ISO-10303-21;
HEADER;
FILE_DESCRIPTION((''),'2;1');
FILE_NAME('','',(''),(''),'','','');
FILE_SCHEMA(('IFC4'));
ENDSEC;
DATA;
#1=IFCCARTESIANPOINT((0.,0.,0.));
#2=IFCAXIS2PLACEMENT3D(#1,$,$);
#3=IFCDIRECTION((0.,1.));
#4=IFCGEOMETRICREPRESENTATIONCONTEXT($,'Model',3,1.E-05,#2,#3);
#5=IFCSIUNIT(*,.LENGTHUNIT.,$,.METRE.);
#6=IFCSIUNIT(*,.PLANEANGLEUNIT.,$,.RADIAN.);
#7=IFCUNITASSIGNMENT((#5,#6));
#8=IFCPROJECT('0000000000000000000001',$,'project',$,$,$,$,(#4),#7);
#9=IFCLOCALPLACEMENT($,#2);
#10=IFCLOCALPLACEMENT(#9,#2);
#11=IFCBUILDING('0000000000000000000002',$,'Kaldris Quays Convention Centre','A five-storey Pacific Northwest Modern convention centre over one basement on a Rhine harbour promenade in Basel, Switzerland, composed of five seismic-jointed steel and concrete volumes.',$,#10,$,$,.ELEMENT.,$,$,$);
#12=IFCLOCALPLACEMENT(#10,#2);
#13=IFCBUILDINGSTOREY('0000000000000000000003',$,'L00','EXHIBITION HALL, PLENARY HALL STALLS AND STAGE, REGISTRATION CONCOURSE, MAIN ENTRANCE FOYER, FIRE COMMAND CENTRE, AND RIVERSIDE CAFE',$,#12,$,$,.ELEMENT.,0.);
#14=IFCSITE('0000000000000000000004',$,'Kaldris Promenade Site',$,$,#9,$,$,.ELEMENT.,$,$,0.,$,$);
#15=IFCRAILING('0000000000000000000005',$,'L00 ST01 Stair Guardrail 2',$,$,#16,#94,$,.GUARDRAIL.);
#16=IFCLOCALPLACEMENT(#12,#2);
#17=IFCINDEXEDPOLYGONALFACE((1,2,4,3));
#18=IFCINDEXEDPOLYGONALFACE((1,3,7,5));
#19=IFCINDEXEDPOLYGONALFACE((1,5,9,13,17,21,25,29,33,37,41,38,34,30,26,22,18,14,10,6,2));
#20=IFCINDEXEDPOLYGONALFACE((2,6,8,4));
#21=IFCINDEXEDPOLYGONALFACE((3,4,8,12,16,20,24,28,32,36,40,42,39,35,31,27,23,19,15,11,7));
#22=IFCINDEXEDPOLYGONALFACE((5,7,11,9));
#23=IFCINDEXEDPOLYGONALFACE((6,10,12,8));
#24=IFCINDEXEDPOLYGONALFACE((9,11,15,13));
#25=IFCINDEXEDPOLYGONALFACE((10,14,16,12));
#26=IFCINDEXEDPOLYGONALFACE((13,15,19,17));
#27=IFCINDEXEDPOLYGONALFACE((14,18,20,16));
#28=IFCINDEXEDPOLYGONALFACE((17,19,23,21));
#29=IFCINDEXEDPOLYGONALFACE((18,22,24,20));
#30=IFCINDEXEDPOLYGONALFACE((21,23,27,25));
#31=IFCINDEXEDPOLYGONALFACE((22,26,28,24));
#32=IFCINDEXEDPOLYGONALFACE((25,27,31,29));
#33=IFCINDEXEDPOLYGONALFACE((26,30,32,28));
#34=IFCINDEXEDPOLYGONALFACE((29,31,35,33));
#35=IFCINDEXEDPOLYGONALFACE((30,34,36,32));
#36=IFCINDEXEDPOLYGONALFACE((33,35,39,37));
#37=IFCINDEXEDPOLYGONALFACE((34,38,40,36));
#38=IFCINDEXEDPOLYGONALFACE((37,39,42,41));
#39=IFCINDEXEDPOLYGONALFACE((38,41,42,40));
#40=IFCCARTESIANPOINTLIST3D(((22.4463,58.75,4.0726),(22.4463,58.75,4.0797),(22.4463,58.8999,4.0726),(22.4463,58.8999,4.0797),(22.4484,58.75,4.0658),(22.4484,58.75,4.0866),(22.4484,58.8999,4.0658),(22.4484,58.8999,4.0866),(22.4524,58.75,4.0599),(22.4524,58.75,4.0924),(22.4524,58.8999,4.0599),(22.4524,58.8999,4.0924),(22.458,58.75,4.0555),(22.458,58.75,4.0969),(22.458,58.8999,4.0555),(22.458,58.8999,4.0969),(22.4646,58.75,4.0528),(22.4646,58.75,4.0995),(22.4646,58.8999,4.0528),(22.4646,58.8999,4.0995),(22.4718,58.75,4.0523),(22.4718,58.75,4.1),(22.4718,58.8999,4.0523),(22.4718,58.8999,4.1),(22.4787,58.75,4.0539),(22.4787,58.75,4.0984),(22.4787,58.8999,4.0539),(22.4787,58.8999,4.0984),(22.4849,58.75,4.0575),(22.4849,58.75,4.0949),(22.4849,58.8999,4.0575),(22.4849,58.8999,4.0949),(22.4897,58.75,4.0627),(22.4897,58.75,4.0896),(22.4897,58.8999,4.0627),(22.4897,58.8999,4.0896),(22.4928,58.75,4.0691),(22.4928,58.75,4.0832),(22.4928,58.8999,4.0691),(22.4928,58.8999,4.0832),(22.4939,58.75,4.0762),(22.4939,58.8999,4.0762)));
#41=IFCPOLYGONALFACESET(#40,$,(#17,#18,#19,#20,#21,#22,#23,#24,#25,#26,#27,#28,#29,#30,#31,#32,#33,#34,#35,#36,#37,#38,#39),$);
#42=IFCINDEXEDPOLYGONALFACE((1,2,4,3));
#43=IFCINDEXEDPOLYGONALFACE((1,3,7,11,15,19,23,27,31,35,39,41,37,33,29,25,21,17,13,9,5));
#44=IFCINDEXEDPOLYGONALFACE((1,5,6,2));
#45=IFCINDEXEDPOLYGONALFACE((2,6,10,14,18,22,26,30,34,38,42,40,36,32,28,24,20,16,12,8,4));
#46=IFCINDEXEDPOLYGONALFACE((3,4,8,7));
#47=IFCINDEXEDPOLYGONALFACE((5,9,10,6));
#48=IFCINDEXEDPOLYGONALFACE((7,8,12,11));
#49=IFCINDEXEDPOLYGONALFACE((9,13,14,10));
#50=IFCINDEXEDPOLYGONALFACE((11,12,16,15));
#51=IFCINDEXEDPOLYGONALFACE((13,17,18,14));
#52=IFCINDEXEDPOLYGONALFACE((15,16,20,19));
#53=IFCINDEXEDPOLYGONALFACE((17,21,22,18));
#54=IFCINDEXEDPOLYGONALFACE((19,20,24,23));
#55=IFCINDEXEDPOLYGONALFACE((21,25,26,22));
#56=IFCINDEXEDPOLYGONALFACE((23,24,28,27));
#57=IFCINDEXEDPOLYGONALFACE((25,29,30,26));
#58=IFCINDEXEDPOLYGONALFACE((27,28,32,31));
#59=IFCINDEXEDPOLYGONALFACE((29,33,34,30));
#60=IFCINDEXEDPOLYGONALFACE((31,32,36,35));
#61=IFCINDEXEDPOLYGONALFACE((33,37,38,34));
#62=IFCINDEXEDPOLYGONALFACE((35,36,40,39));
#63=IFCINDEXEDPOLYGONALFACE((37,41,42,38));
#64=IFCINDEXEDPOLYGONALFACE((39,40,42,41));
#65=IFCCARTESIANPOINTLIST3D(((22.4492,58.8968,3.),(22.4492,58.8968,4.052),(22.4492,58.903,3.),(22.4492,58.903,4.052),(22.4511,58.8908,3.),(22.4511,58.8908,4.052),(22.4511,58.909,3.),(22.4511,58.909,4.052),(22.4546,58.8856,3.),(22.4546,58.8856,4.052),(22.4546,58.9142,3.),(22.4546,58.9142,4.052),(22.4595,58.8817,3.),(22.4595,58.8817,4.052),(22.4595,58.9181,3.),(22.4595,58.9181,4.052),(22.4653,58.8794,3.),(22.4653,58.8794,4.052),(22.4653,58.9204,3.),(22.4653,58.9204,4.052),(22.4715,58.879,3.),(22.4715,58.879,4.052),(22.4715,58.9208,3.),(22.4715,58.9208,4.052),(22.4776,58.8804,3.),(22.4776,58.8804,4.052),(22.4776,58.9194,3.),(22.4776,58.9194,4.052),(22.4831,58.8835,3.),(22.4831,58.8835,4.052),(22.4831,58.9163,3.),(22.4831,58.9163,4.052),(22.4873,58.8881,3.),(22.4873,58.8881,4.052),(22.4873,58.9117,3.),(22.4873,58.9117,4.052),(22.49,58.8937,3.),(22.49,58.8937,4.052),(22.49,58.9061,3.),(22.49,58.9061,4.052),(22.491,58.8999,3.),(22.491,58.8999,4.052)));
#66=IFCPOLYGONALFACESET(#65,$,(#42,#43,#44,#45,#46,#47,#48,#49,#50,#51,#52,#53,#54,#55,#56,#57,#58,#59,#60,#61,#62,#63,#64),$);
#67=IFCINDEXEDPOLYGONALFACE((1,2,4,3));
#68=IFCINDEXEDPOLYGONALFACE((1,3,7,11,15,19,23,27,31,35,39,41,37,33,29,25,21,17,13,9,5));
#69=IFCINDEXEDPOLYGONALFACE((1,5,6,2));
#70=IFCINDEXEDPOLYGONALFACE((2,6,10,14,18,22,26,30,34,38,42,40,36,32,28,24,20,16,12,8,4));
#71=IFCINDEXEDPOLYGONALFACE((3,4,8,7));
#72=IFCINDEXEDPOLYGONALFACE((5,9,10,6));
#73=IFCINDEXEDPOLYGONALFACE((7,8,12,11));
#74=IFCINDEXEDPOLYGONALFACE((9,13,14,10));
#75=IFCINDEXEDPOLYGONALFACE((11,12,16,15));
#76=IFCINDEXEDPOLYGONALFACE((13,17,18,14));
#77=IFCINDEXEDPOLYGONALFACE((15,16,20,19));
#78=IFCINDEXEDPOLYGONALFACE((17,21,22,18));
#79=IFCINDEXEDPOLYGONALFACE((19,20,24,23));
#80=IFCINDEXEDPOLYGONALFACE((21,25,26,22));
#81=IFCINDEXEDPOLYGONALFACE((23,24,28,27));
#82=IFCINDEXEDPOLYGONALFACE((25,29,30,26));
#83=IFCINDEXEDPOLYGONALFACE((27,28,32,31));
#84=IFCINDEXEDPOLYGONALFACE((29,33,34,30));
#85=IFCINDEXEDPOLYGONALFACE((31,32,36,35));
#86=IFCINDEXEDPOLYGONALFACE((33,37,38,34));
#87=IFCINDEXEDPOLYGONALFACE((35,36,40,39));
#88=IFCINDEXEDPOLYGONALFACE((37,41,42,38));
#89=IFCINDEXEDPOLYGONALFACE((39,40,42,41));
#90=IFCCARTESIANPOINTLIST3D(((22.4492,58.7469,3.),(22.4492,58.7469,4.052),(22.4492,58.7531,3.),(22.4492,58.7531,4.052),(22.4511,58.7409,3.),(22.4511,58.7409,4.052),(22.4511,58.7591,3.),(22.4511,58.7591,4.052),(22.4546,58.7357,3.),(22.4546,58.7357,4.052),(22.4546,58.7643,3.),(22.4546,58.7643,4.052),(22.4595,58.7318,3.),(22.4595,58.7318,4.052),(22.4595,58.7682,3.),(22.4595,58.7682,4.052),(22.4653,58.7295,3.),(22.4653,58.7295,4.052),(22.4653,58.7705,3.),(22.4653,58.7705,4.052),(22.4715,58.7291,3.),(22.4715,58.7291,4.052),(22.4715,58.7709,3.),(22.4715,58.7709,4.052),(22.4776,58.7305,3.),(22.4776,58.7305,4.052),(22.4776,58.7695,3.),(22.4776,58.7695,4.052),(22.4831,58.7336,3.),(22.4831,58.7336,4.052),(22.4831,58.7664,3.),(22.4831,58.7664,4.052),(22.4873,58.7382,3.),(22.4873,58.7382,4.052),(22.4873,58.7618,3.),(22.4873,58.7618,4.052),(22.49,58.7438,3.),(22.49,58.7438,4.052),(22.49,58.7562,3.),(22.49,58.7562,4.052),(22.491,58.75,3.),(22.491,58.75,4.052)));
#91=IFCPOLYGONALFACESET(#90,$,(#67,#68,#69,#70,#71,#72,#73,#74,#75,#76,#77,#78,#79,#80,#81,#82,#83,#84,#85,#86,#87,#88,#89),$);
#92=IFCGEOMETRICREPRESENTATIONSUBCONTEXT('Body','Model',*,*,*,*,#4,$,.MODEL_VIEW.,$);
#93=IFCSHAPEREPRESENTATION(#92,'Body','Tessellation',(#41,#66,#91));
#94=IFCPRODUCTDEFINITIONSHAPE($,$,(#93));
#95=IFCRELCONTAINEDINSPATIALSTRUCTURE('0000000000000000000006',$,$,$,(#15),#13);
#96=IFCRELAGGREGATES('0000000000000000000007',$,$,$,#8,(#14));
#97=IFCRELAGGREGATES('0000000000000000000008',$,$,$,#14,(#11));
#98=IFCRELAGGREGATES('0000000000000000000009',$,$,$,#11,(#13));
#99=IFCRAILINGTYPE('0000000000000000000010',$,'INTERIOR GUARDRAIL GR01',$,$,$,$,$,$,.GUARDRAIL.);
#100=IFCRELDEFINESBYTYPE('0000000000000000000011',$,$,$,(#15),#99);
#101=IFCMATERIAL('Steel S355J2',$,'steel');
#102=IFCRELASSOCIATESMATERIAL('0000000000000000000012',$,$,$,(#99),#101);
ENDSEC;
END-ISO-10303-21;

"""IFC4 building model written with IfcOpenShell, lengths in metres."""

from ifc_helpers import new_model, si_unit, direction, frame, origin, origin_2d, place, context, subcontext, project, spatial, circle, extrude, material, type_object, element, save


model = new_model("IFC4")

# Units and contexts
model_context = context("Model", 3, precision=1e-05, world=origin(), true_north=direction((0.0, 1.0)))
body_context = subcontext(model_context, "Body", "Model", "MODEL_VIEW")
ifc_project = project(units=[si_unit("LENGTHUNIT", "METRE"), si_unit("PLANEANGLEUNIT", "RADIAN")], contexts=[model_context])

# Site, building, storey
site_placement = place(None, origin())
site = spatial("IfcSite", under=ifc_project, at=site_placement, Name="Kaldris Promenade Site", CompositionType="ELEMENT", RefElevation=0.0)
building_placement = place(site_placement, origin())
building = spatial("IfcBuilding", under=site, at=building_placement, Name="Kaldris Quays Convention Centre", Description="A five-storey Pacific Northwest Modern convention centre over one basement on a Rhine harbour promenade in Basel, Switzerland, composed of five seismic-jointed steel and concrete volumes.", CompositionType="ELEMENT")
storey_placement = place(building_placement, origin())
storey = spatial("IfcBuildingStorey", under=building, at=storey_placement, Name="L00", Description="EXHIBITION HALL, PLENARY HALL STALLS AND STAGE, REGISTRATION CONCOURSE, MAIN ENTRANCE FOYER, FIRE COMMAND CENTRE, AND RIVERSIDE CAFE", CompositionType="ELEMENT", Elevation=0.0)

# Shared definitions
ifc_material_1 = material(Name="Steel S355J2", Category="steel")

# Railing
railing_type_1 = type_object("IfcRailingType", Name="INTERIOR GUARDRAIL GR01", PredefinedType="GUARDRAIL", material=ifc_material_1)
railing_1_placement = place(storey_placement, frame((22.47, 58.8999, 3.0)))
element("IfcRailing", 1, at=railing_1_placement, inside=storey, type_object=railing_type_1, Name="L00 ST01 Stair Guardrail 2", PredefinedType="GUARDRAIL", context=body_context, shape_type="SweptSolid", body=[
    extrude(circle(Radius=0.0239, at=origin_2d()), frame((0.0, 0.0, 1.0762), z_axis=(0.0, -1.0, 0.0), x_axis=(1.0, 0.0, 0.0)), (0.0, 0.0, 1.0), 0.1499),
    extrude(circle(Radius=0.021, at=origin_2d()), origin(), (0.0, 0.0, 1.0), 1.052),
    extrude(circle(Radius=0.021, at=origin_2d()), frame((0.0, -0.1499, 0.0)), (0.0, 0.0, 1.0), 1.052),
])

save(model, "model.ifc")
